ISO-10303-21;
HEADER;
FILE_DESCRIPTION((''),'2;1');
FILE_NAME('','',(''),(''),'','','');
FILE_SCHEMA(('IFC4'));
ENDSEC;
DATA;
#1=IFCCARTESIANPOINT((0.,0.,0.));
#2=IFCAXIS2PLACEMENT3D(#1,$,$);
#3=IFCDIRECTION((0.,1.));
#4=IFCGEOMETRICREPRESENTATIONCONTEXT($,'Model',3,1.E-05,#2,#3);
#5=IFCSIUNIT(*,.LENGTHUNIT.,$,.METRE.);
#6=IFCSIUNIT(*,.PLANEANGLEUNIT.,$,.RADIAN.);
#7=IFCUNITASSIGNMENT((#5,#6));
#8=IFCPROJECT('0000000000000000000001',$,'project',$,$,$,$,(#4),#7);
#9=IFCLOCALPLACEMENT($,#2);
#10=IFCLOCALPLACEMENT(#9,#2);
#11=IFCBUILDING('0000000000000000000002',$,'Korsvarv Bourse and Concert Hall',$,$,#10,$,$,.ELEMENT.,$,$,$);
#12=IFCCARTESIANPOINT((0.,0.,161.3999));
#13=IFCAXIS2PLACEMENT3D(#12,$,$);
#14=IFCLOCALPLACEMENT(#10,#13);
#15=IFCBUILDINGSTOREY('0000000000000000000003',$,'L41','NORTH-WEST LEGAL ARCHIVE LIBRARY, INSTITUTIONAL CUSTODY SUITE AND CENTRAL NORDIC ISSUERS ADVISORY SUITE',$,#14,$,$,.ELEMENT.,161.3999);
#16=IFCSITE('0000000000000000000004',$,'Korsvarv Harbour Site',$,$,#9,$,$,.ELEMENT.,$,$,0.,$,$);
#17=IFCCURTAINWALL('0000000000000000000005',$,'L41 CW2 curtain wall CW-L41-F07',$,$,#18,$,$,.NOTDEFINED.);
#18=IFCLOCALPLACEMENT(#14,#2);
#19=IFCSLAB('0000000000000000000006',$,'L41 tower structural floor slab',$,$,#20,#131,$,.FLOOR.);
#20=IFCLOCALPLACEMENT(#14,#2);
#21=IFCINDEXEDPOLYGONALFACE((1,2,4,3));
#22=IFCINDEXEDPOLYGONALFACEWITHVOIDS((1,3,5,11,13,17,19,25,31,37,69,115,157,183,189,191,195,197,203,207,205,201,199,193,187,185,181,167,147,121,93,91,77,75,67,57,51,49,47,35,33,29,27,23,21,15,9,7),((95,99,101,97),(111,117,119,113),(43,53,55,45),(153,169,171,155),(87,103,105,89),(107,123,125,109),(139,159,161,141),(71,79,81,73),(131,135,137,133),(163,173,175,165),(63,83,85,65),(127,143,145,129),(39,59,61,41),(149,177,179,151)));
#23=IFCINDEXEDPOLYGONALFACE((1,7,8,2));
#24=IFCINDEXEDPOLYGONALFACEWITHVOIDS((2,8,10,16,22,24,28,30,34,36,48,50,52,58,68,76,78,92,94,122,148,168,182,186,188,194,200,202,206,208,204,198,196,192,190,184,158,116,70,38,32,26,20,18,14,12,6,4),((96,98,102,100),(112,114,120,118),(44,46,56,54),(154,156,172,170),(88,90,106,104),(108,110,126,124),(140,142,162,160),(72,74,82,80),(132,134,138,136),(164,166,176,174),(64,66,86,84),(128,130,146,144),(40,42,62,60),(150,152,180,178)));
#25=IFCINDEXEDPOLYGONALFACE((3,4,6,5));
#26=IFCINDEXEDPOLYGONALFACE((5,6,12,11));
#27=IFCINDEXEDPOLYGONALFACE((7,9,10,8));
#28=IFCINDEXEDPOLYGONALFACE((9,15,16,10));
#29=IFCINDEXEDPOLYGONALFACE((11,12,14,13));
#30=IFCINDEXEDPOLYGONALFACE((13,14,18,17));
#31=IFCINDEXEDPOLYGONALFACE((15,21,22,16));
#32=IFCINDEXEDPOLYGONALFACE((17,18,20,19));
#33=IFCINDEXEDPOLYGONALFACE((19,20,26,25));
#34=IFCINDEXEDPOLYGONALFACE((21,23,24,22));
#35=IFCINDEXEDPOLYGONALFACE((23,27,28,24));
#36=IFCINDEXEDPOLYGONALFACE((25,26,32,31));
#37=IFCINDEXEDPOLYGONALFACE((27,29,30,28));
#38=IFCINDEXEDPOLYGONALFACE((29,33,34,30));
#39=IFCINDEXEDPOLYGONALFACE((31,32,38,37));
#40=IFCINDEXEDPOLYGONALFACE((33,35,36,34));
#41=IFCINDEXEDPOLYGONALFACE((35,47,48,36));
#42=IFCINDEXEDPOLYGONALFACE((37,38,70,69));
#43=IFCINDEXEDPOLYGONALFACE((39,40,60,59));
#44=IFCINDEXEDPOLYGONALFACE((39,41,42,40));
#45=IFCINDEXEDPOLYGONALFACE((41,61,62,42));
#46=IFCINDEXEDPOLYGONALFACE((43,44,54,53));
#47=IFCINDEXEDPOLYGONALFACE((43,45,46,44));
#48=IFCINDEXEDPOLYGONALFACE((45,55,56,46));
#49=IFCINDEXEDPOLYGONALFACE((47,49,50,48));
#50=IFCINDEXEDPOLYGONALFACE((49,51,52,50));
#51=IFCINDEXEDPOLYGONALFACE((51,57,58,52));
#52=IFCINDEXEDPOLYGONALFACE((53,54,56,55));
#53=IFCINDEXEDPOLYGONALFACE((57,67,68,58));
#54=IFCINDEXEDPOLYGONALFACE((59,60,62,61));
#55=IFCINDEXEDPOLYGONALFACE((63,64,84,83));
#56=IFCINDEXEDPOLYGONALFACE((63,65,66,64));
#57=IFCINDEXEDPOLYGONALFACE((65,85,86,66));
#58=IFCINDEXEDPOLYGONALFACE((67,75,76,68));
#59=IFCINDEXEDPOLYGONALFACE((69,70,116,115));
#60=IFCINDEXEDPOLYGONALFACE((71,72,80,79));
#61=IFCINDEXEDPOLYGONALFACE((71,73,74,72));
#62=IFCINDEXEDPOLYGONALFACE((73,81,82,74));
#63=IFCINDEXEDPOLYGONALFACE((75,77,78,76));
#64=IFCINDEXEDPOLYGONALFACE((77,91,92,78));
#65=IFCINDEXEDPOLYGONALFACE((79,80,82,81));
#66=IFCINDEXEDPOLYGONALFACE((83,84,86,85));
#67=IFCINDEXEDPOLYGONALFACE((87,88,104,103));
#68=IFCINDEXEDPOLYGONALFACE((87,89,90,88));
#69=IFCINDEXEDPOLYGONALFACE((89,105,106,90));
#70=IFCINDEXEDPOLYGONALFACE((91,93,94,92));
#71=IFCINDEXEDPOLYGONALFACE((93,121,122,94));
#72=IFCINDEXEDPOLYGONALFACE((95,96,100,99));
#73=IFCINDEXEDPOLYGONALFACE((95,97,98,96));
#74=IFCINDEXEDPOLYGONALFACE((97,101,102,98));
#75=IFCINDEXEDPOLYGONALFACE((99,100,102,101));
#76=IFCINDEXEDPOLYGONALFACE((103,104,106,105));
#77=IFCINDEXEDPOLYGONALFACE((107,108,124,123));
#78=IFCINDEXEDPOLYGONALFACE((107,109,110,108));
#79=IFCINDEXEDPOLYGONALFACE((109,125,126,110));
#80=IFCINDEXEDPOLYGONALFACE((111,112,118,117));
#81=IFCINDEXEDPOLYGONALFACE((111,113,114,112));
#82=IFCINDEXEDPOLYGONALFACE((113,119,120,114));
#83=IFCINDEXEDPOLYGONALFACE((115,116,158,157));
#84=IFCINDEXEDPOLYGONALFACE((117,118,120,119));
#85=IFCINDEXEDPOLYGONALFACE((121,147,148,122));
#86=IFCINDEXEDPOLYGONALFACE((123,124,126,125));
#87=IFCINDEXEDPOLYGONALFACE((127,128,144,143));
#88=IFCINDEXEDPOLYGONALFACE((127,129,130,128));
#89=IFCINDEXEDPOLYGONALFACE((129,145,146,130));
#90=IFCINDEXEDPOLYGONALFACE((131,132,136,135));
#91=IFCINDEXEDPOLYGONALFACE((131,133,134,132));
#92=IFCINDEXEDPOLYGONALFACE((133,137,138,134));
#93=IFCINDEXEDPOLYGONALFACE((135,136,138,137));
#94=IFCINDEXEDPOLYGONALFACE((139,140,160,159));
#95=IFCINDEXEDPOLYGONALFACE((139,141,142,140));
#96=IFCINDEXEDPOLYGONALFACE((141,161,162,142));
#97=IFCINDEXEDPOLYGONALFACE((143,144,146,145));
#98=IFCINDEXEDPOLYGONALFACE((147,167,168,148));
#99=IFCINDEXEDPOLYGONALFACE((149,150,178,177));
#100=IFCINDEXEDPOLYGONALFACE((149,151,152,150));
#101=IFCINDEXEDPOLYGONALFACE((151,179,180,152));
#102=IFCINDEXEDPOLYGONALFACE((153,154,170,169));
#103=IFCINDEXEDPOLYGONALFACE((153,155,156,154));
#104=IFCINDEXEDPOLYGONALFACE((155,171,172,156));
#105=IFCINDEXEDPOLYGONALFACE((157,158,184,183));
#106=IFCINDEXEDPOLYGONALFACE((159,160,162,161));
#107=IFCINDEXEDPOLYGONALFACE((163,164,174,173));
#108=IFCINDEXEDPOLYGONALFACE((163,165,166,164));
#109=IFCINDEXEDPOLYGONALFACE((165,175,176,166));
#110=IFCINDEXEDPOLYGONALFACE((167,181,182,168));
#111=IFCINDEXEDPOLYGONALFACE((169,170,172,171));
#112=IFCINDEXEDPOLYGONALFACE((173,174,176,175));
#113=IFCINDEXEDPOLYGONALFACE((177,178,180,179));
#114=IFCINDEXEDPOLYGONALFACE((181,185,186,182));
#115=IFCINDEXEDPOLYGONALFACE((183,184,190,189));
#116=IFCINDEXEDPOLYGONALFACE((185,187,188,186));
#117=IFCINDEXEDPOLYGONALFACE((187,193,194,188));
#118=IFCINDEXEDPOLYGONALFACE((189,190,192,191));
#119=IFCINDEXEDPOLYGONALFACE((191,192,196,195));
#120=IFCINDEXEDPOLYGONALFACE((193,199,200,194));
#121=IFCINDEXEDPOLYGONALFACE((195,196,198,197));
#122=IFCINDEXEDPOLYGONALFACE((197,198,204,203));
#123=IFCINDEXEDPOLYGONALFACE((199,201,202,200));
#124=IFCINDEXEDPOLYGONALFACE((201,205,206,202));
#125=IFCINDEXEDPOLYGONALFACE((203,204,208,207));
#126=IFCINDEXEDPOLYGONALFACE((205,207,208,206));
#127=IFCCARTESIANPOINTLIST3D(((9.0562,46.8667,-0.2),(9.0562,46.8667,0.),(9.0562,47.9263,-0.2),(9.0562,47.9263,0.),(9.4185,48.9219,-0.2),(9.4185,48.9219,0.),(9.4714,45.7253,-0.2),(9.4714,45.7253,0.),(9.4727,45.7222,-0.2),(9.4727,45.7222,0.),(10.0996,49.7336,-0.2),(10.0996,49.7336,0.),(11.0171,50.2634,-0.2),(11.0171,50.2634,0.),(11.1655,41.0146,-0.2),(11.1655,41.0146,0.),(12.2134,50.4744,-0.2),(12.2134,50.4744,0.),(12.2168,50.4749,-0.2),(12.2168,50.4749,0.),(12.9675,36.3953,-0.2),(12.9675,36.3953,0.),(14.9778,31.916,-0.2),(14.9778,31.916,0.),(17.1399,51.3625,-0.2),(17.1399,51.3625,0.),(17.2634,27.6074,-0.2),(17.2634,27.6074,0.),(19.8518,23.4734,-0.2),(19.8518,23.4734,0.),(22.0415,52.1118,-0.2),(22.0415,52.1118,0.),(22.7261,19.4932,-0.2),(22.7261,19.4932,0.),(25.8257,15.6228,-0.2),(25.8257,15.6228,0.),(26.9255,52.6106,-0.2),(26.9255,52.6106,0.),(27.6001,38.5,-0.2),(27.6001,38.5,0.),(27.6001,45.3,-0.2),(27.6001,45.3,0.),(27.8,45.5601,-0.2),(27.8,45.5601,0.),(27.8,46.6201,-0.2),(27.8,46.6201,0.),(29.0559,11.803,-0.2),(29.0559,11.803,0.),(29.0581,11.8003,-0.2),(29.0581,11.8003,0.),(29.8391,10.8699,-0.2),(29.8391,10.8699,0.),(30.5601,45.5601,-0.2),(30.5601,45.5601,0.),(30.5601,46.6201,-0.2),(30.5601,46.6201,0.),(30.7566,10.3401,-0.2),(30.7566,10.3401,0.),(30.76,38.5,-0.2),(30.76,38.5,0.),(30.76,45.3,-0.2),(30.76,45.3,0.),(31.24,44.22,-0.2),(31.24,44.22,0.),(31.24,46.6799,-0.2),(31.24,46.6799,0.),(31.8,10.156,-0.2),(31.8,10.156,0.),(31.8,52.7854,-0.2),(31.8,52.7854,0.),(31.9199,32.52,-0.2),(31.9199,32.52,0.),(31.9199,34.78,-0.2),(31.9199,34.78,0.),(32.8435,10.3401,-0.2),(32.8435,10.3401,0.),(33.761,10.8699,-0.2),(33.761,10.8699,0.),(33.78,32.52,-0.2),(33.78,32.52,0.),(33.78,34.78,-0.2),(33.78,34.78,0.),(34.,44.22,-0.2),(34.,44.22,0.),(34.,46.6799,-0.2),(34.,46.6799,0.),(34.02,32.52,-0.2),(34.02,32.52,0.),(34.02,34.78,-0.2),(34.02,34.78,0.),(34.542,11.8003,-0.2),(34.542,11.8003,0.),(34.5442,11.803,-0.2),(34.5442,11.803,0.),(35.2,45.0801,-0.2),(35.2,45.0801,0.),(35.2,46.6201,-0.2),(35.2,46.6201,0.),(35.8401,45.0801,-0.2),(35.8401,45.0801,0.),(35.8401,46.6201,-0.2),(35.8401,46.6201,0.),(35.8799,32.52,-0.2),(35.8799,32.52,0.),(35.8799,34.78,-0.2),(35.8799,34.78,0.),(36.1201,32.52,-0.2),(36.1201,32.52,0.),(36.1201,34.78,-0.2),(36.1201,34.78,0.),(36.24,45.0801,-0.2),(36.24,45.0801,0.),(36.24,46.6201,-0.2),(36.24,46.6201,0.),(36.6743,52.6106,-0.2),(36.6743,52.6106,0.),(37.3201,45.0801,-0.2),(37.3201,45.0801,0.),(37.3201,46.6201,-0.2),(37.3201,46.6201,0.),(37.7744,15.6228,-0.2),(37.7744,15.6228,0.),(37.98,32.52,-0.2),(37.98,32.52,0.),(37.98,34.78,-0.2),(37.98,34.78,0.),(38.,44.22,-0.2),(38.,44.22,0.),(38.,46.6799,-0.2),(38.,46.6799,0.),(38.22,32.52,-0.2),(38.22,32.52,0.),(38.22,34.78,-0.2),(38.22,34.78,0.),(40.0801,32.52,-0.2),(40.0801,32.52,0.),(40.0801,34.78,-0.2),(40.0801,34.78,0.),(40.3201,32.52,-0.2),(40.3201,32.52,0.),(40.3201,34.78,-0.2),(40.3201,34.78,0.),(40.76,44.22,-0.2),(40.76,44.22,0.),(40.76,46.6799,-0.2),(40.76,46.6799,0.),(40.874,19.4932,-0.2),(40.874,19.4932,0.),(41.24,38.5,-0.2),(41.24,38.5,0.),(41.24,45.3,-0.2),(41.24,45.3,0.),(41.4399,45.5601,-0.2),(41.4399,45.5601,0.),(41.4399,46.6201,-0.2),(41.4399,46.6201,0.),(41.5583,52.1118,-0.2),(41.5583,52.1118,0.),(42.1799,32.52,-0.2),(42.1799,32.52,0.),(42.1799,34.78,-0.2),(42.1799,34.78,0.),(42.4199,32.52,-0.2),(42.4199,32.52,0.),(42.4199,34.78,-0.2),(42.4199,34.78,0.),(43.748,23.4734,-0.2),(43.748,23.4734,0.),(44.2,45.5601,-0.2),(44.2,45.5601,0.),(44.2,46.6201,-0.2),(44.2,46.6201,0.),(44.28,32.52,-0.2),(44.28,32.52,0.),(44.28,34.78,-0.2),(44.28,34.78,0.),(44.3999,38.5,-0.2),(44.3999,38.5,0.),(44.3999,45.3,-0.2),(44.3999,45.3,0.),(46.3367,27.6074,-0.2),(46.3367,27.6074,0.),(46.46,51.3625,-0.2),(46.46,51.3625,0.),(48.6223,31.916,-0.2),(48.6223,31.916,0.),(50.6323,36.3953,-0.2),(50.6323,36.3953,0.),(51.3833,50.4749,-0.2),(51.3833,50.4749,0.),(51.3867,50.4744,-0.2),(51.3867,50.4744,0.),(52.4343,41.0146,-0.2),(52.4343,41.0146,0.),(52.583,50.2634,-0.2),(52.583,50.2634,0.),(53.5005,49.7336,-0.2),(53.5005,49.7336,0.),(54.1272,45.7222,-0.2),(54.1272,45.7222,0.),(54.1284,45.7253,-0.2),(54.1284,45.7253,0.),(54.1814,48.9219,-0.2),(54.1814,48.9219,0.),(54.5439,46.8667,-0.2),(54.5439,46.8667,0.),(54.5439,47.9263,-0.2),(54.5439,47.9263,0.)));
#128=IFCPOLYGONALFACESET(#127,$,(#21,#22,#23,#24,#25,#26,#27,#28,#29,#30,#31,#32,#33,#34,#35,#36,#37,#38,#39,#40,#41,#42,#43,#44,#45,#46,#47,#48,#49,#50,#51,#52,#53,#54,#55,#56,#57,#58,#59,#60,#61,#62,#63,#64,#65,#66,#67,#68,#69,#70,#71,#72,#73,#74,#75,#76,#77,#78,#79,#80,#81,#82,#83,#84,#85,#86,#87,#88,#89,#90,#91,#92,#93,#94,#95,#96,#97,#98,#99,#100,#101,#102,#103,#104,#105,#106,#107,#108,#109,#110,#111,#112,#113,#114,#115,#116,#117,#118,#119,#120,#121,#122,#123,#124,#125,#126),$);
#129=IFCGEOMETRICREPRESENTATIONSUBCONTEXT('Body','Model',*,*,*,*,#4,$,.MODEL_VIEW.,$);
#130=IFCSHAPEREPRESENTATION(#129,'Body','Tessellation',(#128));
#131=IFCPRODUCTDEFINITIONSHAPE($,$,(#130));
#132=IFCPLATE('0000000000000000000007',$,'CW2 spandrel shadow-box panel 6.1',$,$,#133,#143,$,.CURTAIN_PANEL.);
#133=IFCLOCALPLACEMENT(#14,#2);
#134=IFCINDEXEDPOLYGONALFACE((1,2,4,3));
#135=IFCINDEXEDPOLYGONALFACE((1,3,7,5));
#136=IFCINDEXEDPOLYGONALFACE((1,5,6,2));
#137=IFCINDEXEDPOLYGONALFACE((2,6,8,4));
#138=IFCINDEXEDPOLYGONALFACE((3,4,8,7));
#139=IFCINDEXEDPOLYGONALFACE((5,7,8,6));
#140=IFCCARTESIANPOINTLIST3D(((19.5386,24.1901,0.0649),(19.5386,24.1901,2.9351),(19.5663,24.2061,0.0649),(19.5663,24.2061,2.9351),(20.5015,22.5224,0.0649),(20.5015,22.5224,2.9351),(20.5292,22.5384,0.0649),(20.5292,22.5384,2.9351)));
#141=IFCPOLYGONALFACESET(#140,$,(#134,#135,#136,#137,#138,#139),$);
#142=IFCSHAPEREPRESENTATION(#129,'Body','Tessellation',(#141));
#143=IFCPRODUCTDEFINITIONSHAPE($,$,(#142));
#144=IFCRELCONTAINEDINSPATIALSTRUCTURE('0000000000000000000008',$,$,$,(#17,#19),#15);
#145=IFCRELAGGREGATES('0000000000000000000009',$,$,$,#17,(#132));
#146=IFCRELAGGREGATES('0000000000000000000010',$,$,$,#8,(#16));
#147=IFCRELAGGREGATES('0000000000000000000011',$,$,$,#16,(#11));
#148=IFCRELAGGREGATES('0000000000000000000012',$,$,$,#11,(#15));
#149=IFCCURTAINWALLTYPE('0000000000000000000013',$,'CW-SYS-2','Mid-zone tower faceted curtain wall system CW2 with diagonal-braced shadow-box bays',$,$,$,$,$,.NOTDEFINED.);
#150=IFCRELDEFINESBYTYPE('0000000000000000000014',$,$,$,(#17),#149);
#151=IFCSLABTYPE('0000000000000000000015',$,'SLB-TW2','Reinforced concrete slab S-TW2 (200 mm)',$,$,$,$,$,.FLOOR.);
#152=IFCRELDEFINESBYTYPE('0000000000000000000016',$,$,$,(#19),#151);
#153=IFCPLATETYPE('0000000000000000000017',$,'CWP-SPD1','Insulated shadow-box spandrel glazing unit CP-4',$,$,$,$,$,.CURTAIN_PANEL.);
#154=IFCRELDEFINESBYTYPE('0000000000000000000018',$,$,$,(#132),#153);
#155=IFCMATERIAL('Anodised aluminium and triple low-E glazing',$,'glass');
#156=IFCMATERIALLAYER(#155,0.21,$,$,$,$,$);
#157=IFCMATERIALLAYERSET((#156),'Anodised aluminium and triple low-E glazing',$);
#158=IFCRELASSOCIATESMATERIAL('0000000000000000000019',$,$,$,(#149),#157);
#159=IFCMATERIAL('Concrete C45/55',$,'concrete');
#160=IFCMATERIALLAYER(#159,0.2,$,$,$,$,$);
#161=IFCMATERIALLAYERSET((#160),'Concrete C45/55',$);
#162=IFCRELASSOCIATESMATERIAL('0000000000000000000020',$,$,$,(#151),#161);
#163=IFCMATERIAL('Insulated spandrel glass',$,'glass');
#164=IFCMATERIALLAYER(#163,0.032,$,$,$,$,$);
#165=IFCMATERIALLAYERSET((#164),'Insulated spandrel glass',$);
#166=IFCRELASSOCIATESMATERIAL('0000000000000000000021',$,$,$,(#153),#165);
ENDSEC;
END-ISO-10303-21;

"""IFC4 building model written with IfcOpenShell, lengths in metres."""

from ifc_helpers import new_model, si_unit, direction, frame, origin, origin_2d, place, context, subcontext, project, spatial, polyline, rectangle, outline, extrude, source, transform, mapped, material, layer, layer_set, type_object, element, aggregate, save


model = new_model("IFC4")

# Units and contexts
model_context = context("Model", 3, precision=1e-05, world=origin(), true_north=direction((0.0, 1.0)))
body_context = subcontext(model_context, "Body", "Model", "MODEL_VIEW")
ifc_project = project(units=[si_unit("LENGTHUNIT", "METRE"), si_unit("PLANEANGLEUNIT", "RADIAN")], contexts=[model_context])

# Site, building, storey
site_placement = place(None, origin())
site = spatial("IfcSite", under=ifc_project, at=site_placement, Name="Korsvarv Harbour Site", CompositionType="ELEMENT", RefElevation=0.0)
building_placement = place(site_placement, origin())
building = spatial("IfcBuilding", under=site, at=building_placement, Name="Korsvarv Bourse and Concert Hall", CompositionType="ELEMENT")
storey_placement = place(building_placement, frame((0.0, 0.0, 161.3999)))
storey = spatial("IfcBuildingStorey", under=building, at=storey_placement, Name="L41", Description="NORTH-WEST LEGAL ARCHIVE LIBRARY, INSTITUTIONAL CUSTODY SUITE AND CENTRAL NORDIC ISSUERS ADVISORY SUITE", CompositionType="ELEMENT", Elevation=161.3999)

# Curtain wall
ifc_material_1 = material(Name="Anodised aluminium and triple low-E glazing", Category="glass")
ifc_layer_1 = layer(ifc_material_1, 0.21)
ifc_layer_set_1 = layer_set([ifc_layer_1], Name="Anodised aluminium and triple low-E glazing")
curtain_wall_type = type_object("IfcCurtainWallType", Name="CW-SYS-2", Description="Mid-zone tower faceted curtain wall system CW2 with diagonal-braced shadow-box bays", PredefinedType="NOTDEFINED", material=ifc_layer_set_1)
curtain_wall_placement = place(storey_placement, origin())
curtain_wall = element("IfcCurtainWall", 1, at=curtain_wall_placement, inside=storey, type_object=curtain_wall_type, Name="L41 CW2 curtain wall CW-L41-F07", PredefinedType="NOTDEFINED")

# Slab
ifc_material_2 = material(Name="Concrete C45/55", Category="concrete")
ifc_layer_2 = layer(ifc_material_2, 0.2)
ifc_layer_set_2 = layer_set([ifc_layer_2], Name="Concrete C45/55")
slab_type_1 = type_object("IfcSlabType", Name="SLB-TW2", Description="Reinforced concrete slab S-TW2 (200 mm)", PredefinedType="FLOOR", material=ifc_layer_set_2)
slab_1_placement = place(storey_placement, frame((0.0, 0.0, -0.2)))
element("IfcSlab", 2, at=slab_1_placement, inside=storey, type_object=slab_type_1, Name="L41 tower structural floor slab", PredefinedType="FLOOR", context=body_context, shape_type="SweptSolid", body=[
    extrude(outline(polyline([(54.1272, 45.7222), (52.4343, 41.0146), (50.6323, 36.3953), (48.6223, 31.916), (46.3367, 27.6074), (43.748, 23.4734), (40.874, 19.4932), (37.7744, 15.6228), (34.5442, 11.803), (34.542, 11.8003), (33.761, 10.8699), (32.8435, 10.3401), (31.8, 10.156), (30.7566, 10.3401), (29.8391, 10.8699), (29.0581, 11.8003), (29.0559, 11.803), (25.8257, 15.6228), (22.7261, 19.4932), (19.8518, 23.4734), (17.2634, 27.6074), (14.9778, 31.916), (12.9675, 36.3953), (11.1655, 41.0146), (9.4727, 45.7222), (9.4714, 45.7253), (9.0562, 46.8667), (9.0562, 47.9263), (9.4185, 48.9219), (10.0996, 49.7336), (11.0171, 50.2634), (12.2134, 50.4744), (12.2168, 50.4749), (17.1399, 51.3625), (22.0415, 52.1118), (26.9255, 52.6106), (31.8, 52.7854), (36.6743, 52.6106), (41.5583, 52.1118), (46.46, 51.3625), (51.3833, 50.4749), (51.3867, 50.4744), (52.583, 50.2634), (53.5005, 49.7336), (54.1814, 48.9219), (54.5439, 47.9263), (54.5439, 46.8667), (54.1284, 45.7253), (54.1272, 45.7222)]), holes=[polyline([(30.76, 38.5), (30.76, 45.3), (27.6001, 45.3), (27.6001, 38.5), (30.76, 38.5)]), polyline([(44.3999, 38.5), (44.3999, 45.3), (41.24, 45.3), (41.24, 38.5), (44.3999, 38.5)]), polyline([(31.24, 44.22), (34.0, 44.22), (34.0, 46.6799), (31.24, 46.6799), (31.24, 44.22)]), polyline([(38.0, 44.22), (40.76, 44.22), (40.76, 46.6799), (38.0, 46.6799), (38.0, 44.22)]), polyline([(31.9199, 32.52), (33.78, 32.52), (33.78, 34.78), (31.9199, 34.78), (31.9199, 32.52)]), polyline([(34.02, 32.52), (35.8799, 32.52), (35.8799, 34.78), (34.02, 34.78), (34.02, 32.52)]), polyline([(36.1201, 32.52), (37.98, 32.52), (37.98, 34.78), (36.1201, 34.78), (36.1201, 32.52)]), polyline([(38.22, 32.52), (40.0801, 32.52), (40.0801, 34.78), (38.22, 34.78), (38.22, 32.52)]), polyline([(40.3201, 32.52), (42.1799, 32.52), (42.1799, 34.78), (40.3201, 34.78), (40.3201, 32.52)]), polyline([(42.4199, 32.52), (44.28, 32.52), (44.28, 34.78), (42.4199, 34.78), (42.4199, 32.52)]), polyline([(27.8, 45.5601), (30.5601, 45.5601), (30.5601, 46.6201), (27.8, 46.6201), (27.8, 45.5601)]), polyline([(41.4399, 45.5601), (44.2, 45.5601), (44.2, 46.6201), (41.4399, 46.6201), (41.4399, 45.5601)]), polyline([(35.2, 45.0801), (35.8401, 45.0801), (35.8401, 46.6201), (35.2, 46.6201), (35.2, 45.0801)]), polyline([(36.24, 45.0801), (37.3201, 45.0801), (37.3201, 46.6201), (36.24, 46.6201), (36.24, 45.0801)])]), origin(), (0.0, 0.0, 1.0), 0.2),
])

# Plate
ifc_material_3 = material(Name="Insulated spandrel glass", Category="glass")
ifc_layer_3 = layer(ifc_material_3, 0.032)
ifc_layer_set_3 = layer_set([ifc_layer_3], Name="Insulated spandrel glass")
plate_type = type_object("IfcPlateType", Name="CWP-SPD1", Description="Insulated shadow-box spandrel glazing unit CP-4", PredefinedType="CURTAIN_PANEL", material=ifc_layer_set_3)
shared_shape_1 = source(origin(), body_context, "Body", "SweptSolid", [
    extrude(rectangle(XDim=1.9258, YDim=0.032, at=origin_2d()), origin(), (0.0, 0.0, 1.0), 2.8701),
])
plate_placement = place(storey_placement, frame((20.0339, 23.3643, 0.0649), z_axis=(0.0, 0.0, 1.0), x_axis=(0.500002, -0.866024, 0.0)))
plate = element("IfcPlate", 3, at=plate_placement, type_object=plate_type, Name="CW2 spandrel shadow-box panel 6.1", PredefinedType="CURTAIN_PANEL", context=body_context, shape_type="MappedRepresentation", body=[
    mapped(shared_shape_1, transform((0.0, 0.0, 0.0), scale=1.0)),
])
aggregate(curtain_wall, [plate])

save(model, "model.ifc")
